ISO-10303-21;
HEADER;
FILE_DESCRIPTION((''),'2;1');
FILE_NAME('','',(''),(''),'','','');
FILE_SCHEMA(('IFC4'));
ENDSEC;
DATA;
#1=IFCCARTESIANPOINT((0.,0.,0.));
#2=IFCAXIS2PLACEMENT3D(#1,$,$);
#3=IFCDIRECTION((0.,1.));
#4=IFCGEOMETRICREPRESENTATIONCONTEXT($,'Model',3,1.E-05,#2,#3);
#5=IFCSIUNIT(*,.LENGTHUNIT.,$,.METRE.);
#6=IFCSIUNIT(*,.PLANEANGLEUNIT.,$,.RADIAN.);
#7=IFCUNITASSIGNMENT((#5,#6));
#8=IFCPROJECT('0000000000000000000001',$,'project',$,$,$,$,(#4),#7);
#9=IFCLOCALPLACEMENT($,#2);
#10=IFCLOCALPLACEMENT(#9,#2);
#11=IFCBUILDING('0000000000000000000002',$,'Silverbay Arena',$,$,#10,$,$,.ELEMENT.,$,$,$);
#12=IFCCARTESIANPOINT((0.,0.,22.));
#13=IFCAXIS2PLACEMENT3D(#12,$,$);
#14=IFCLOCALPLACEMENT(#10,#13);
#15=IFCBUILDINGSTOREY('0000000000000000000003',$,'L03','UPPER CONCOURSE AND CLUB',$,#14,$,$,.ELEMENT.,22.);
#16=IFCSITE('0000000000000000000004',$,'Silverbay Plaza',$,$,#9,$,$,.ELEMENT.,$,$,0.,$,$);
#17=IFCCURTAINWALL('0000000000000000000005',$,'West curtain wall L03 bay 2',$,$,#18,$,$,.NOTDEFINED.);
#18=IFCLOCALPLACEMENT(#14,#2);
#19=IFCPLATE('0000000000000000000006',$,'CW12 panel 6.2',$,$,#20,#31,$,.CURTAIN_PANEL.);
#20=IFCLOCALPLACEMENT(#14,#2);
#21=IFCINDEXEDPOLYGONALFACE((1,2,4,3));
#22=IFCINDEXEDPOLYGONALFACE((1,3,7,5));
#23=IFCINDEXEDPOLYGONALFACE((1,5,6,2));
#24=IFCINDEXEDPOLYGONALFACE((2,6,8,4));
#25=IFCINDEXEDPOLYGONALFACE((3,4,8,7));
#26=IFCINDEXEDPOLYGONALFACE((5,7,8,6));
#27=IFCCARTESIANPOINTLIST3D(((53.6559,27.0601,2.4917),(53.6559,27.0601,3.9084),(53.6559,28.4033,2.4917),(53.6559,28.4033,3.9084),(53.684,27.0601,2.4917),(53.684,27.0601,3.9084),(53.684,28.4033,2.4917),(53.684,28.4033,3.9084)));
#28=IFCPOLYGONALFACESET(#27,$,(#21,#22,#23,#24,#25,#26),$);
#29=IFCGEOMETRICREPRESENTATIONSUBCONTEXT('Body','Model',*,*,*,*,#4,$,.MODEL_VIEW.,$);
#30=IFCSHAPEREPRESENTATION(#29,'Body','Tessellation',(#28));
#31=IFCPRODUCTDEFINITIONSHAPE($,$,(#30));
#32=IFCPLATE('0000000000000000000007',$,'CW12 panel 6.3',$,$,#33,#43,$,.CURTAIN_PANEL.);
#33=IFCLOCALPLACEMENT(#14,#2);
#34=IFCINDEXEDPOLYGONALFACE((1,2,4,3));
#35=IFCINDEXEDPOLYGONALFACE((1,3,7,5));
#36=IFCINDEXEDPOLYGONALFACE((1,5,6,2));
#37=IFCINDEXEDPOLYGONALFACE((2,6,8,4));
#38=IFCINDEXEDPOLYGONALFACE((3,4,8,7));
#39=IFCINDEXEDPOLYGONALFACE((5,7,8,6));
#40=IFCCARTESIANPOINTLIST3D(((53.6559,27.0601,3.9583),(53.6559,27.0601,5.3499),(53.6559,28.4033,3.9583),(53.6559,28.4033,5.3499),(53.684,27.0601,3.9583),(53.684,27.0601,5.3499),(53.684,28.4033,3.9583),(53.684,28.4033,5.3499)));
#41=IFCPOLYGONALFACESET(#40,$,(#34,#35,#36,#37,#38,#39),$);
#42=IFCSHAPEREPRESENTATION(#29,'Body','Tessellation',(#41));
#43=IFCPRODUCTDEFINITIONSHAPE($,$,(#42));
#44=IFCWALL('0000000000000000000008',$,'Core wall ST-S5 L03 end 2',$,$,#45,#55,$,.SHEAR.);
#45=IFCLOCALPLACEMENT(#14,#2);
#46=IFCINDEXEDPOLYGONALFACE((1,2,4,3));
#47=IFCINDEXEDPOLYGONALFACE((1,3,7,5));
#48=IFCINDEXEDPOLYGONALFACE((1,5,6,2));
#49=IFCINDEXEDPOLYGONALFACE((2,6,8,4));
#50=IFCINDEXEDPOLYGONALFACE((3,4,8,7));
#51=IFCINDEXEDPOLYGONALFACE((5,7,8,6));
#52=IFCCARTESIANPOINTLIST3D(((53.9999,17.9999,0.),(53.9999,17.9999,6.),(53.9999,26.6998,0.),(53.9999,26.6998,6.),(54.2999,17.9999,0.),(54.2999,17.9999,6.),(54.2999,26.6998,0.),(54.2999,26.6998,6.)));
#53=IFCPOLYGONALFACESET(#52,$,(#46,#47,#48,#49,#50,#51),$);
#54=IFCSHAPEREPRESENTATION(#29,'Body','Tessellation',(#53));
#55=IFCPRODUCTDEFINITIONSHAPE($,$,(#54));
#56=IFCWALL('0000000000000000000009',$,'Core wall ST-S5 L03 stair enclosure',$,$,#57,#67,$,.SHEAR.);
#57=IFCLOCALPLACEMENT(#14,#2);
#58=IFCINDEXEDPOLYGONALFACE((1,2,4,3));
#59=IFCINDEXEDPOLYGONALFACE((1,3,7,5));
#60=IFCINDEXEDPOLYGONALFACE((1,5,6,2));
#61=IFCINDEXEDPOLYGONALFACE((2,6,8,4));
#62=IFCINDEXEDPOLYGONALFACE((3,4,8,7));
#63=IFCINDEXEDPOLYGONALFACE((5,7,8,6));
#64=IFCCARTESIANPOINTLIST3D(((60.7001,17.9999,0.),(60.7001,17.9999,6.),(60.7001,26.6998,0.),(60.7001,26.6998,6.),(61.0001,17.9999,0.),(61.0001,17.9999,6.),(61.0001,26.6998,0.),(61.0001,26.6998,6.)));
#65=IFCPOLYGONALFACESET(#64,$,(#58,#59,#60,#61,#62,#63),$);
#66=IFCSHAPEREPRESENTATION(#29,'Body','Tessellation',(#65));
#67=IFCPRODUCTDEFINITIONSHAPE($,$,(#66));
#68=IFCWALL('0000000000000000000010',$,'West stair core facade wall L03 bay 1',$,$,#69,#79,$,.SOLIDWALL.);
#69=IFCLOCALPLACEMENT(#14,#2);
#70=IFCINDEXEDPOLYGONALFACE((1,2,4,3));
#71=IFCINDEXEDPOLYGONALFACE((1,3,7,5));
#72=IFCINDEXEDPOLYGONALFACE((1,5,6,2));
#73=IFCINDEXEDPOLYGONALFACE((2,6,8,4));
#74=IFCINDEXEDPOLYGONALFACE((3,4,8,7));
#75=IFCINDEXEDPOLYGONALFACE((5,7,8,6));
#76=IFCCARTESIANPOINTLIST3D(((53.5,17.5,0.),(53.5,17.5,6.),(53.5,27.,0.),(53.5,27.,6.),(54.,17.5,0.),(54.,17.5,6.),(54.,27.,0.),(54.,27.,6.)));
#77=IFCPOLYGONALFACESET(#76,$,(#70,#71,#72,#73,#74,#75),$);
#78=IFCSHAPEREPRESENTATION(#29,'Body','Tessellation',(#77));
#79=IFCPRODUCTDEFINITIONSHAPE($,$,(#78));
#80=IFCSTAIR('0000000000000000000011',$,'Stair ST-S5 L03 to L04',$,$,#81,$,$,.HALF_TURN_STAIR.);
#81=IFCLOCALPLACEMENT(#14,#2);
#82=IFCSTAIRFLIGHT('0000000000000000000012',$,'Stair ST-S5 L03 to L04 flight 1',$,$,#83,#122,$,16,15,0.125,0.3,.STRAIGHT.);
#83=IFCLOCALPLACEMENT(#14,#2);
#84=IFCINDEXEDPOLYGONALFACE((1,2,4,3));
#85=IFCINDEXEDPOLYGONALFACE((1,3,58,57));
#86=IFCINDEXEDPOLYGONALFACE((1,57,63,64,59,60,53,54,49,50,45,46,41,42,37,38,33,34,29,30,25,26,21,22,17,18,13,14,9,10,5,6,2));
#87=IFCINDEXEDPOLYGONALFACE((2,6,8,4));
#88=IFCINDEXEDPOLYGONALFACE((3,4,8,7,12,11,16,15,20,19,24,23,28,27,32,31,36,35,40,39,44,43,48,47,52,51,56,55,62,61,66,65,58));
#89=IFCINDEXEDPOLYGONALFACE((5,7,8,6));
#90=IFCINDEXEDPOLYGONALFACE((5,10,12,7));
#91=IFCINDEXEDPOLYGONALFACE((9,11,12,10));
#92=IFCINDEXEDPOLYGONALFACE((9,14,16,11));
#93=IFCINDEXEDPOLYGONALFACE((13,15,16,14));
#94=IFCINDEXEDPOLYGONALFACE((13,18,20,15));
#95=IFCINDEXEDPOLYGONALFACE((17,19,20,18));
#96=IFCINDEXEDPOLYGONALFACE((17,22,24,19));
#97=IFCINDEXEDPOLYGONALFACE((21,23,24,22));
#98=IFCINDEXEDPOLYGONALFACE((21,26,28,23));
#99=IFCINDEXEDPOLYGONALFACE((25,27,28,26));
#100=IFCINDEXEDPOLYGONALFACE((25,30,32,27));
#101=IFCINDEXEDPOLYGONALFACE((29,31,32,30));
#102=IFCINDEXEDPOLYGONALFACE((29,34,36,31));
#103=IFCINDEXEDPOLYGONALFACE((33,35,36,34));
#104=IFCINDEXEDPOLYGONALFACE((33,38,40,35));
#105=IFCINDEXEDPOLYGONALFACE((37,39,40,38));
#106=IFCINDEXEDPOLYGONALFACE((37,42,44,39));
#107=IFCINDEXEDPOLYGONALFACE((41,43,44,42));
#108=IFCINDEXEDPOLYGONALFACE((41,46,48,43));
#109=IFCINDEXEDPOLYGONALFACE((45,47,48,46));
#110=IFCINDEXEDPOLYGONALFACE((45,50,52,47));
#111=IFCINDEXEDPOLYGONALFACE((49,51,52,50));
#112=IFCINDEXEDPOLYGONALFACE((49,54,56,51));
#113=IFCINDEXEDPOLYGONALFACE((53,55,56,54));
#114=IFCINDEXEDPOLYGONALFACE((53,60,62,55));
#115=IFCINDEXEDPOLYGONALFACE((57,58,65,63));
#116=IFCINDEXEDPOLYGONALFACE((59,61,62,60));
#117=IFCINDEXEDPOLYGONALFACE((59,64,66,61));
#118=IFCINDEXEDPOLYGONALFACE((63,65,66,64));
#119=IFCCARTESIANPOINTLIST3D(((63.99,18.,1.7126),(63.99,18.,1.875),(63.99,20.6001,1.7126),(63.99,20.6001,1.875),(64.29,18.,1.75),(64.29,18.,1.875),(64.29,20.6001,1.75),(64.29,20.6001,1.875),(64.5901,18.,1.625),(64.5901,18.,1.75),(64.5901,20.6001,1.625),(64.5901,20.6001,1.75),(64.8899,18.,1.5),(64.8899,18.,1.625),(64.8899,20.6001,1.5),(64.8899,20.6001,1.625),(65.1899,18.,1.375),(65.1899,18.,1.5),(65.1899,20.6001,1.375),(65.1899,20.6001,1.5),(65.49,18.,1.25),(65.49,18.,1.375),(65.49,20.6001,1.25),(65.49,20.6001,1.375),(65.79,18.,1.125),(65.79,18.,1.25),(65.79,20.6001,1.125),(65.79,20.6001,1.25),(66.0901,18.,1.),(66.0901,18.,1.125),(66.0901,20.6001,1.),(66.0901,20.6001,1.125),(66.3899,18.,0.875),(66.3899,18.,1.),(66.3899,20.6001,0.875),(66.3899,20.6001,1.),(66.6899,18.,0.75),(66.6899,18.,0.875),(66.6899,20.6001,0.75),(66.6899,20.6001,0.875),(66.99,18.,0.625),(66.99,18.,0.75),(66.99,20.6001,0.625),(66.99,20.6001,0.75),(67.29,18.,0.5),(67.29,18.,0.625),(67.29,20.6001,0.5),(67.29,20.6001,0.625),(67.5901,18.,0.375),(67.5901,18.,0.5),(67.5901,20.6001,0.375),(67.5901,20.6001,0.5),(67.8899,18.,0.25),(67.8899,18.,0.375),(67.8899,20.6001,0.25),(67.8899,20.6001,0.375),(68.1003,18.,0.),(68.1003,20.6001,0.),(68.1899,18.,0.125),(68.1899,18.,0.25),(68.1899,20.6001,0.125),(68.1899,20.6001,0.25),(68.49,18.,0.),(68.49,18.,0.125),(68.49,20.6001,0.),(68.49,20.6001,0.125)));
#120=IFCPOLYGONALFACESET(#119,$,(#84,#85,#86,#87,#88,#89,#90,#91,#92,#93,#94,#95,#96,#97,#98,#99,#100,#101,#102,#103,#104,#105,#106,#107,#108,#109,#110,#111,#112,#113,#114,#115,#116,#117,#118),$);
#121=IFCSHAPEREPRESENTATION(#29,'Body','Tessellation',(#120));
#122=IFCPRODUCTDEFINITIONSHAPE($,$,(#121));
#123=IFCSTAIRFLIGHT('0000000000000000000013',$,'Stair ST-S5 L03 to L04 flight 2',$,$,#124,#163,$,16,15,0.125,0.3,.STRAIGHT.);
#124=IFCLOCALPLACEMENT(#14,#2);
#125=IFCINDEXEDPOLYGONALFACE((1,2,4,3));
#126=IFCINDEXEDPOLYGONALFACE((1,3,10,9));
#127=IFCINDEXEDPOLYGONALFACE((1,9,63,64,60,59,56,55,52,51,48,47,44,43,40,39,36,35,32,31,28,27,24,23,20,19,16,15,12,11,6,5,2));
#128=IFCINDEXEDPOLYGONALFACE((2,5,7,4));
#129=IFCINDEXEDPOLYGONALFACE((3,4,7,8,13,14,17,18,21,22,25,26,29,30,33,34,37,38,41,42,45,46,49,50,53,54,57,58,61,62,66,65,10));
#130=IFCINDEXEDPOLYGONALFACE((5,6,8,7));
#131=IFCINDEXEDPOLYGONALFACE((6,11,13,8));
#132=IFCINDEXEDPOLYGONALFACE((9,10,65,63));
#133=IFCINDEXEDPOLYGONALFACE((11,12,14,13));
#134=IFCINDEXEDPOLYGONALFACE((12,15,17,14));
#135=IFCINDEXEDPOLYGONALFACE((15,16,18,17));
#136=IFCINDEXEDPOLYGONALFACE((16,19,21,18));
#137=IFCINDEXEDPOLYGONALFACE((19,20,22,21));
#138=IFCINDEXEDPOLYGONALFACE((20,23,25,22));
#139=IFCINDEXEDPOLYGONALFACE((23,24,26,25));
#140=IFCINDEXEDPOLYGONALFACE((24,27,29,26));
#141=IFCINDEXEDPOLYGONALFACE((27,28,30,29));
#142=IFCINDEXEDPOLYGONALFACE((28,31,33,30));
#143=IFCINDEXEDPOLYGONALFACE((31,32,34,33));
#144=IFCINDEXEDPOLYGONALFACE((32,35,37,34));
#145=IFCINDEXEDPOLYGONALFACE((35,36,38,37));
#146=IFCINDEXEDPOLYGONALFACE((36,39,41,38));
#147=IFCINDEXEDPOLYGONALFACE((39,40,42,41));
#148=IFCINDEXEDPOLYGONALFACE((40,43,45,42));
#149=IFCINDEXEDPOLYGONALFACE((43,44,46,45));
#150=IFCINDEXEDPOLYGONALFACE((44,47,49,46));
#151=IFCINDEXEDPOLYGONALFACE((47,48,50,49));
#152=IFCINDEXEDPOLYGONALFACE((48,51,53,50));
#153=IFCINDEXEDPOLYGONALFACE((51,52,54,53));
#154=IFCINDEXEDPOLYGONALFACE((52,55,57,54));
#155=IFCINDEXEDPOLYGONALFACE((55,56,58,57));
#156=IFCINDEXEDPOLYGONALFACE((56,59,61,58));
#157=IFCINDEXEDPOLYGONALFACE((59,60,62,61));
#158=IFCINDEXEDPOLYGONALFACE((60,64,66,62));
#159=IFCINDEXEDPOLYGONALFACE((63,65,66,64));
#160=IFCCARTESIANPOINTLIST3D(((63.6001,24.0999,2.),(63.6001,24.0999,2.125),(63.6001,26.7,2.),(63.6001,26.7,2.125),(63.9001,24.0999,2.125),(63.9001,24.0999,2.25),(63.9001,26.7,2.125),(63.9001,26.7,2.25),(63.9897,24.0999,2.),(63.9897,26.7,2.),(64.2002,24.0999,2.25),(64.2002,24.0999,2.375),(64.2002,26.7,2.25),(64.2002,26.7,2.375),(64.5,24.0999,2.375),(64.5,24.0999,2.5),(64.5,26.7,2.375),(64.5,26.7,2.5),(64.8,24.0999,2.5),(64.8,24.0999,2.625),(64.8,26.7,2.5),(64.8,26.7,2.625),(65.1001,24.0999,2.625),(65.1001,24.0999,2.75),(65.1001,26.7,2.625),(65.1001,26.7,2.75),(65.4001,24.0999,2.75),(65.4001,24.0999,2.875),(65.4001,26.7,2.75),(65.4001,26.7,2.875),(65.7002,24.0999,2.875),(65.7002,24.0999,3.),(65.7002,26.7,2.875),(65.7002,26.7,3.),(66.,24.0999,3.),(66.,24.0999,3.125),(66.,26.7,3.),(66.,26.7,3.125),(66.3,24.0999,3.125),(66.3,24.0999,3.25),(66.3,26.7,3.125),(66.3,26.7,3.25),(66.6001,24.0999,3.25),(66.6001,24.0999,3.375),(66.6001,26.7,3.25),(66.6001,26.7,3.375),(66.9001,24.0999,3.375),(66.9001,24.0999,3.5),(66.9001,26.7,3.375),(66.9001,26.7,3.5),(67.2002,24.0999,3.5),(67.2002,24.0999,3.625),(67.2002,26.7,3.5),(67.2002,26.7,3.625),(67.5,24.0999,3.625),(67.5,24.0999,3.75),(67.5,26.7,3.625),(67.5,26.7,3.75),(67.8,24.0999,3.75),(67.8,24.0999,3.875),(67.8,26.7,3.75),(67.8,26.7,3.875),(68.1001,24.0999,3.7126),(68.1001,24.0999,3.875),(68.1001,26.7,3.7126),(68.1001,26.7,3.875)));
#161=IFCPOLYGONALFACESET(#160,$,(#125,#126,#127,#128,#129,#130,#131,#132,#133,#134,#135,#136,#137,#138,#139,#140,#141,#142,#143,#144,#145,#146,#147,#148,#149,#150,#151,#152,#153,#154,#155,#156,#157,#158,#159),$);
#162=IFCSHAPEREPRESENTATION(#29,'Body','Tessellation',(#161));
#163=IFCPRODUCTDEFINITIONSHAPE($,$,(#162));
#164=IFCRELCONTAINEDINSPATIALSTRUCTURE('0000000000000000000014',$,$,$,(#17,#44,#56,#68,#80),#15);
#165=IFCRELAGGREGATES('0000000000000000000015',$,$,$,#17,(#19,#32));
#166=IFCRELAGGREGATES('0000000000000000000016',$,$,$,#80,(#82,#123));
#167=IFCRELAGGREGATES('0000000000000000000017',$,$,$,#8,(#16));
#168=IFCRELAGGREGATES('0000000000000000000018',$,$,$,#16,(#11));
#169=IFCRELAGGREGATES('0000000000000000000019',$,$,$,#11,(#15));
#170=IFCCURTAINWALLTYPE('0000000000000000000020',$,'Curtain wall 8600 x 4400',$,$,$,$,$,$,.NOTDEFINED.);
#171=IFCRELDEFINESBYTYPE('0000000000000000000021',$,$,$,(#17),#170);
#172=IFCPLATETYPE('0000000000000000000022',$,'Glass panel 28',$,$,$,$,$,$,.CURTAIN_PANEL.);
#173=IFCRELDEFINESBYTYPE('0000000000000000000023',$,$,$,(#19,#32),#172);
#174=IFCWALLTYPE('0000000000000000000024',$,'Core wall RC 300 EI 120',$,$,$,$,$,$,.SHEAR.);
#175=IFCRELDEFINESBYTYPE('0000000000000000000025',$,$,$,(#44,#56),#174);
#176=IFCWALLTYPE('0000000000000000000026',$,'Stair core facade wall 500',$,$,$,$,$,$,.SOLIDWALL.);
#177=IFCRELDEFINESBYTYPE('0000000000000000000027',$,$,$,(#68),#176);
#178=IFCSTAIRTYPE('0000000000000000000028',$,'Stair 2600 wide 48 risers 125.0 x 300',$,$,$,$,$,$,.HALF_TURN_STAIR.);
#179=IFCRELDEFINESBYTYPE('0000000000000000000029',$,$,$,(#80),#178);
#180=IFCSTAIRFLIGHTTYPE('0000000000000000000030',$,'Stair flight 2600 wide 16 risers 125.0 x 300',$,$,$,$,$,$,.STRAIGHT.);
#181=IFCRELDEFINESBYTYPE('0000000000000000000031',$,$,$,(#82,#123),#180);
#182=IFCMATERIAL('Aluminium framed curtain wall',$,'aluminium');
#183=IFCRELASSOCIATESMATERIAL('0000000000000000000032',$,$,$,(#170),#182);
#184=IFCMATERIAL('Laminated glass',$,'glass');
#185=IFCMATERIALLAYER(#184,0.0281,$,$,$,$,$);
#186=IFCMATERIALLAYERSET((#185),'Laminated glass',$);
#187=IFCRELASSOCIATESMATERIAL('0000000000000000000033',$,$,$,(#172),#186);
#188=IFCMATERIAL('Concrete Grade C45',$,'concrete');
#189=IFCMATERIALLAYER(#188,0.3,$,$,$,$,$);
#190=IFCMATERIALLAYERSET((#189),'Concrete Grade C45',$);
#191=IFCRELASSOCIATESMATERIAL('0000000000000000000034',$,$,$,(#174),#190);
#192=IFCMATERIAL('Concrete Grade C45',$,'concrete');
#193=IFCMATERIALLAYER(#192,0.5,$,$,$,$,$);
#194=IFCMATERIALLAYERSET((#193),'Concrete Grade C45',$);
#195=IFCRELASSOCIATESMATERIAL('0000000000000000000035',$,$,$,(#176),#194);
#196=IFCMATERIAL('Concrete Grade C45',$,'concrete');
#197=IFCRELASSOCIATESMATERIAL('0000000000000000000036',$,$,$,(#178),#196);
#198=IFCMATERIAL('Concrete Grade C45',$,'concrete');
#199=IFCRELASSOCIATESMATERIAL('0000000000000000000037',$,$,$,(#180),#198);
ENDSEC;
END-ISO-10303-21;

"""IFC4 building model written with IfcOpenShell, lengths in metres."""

from ifc_helpers import new_model, si_unit, direction, frame, frame_2d, origin, origin_2d, place, context, subcontext, project, spatial, polyline, rectangle, outline, extrude, material, layer, layer_set, type_object, element, aggregate, save


model = new_model("IFC4")

# Units and contexts
model_context = context("Model", 3, precision=1e-05, world=origin(), true_north=direction((0.0, 1.0)))
body_context = subcontext(model_context, "Body", "Model", "MODEL_VIEW")
ifc_project = project(units=[si_unit("LENGTHUNIT", "METRE"), si_unit("PLANEANGLEUNIT", "RADIAN")], contexts=[model_context])

# Site, building, storey
site_placement = place(None, origin())
site = spatial("IfcSite", under=ifc_project, at=site_placement, Name="Silverbay Plaza", CompositionType="ELEMENT", RefElevation=0.0)
building_placement = place(site_placement, origin())
building = spatial("IfcBuilding", under=site, at=building_placement, Name="Silverbay Arena", CompositionType="ELEMENT")
storey_placement = place(building_placement, frame((0.0, 0.0, 22.0)))
storey = spatial("IfcBuildingStorey", under=building, at=storey_placement, Name="L03", Description="UPPER CONCOURSE AND CLUB", CompositionType="ELEMENT", Elevation=22.0)

# Curtain wall
ifc_material_1 = material(Name="Aluminium framed curtain wall", Category="aluminium")
curtain_wall_type = type_object("IfcCurtainWallType", Name="Curtain wall 8600 x 4400", PredefinedType="NOTDEFINED", material=ifc_material_1)
curtain_wall_placement = place(storey_placement, origin())
curtain_wall = element("IfcCurtainWall", 1, at=curtain_wall_placement, inside=storey, type_object=curtain_wall_type, Name="West curtain wall L03 bay 2", PredefinedType="NOTDEFINED")

# Plates
ifc_material_2 = material(Name="Laminated glass", Category="glass")
ifc_layer_1 = layer(ifc_material_2, 0.0281)
ifc_layer_set_1 = layer_set([ifc_layer_1], Name="Laminated glass")
plate_type = type_object("IfcPlateType", Name="Glass panel 28", PredefinedType="CURTAIN_PANEL", material=ifc_layer_set_1)
plate_1_placement = place(storey_placement, frame((53.6699, 27.7317, 2.4917), z_axis=(0.0, 0.0, 1.0), x_axis=(0.0, -1.0, 0.0)))
plate_1 = element("IfcPlate", 2, at=plate_1_placement, type_object=plate_type, Name="CW12 panel 6.2", PredefinedType="CURTAIN_PANEL", context=body_context, shape_type="SweptSolid", body=[
    extrude(rectangle(XDim=1.3433, YDim=0.0281, at=origin_2d()), origin(), (0.0, 0.0, 1.0), 1.4167),
])
plate_2_placement = place(storey_placement, frame((53.6699, 27.7317, 3.9583), z_axis=(0.0, 0.0, 1.0), x_axis=(0.0, -1.0, 0.0)))
plate_2 = element("IfcPlate", 3, at=plate_2_placement, type_object=plate_type, Name="CW12 panel 6.3", PredefinedType="CURTAIN_PANEL", context=body_context, shape_type="SweptSolid", body=[
    extrude(rectangle(XDim=1.3433, YDim=0.0281, at=origin_2d()), origin(), (0.0, 0.0, 1.0), 1.3916),
])
aggregate(curtain_wall, [plate_1, plate_2])

# Walls
ifc_material_3 = material(Name="Concrete Grade C45", Category="concrete")
ifc_layer_2 = layer(ifc_material_3, 0.3)
ifc_layer_set_2 = layer_set([ifc_layer_2], Name="Concrete Grade C45")
wall_type_1 = type_object("IfcWallType", Name="Core wall RC 300 EI 120", PredefinedType="SHEAR", material=ifc_layer_set_2)
for number, where, z_axis, x_axis, name in (
    (4, (54.1499, 26.7, 0.0), (0.0, 0.0, 1.0), (0.0, -1.0, 0.0), "Core wall ST-S5 L03 end 2"),
    (5, (60.8501, 26.7, 0.0), (0.0, 0.0, 1.0), (0.0, -1.0, 0.0), "Core wall ST-S5 L03 stair enclosure"),
):
    element("IfcWall", number, at=place(storey_placement, frame(where, z_axis=z_axis, x_axis=x_axis)), inside=storey, type_object=wall_type_1, Name=name, PredefinedType="SHEAR", context=body_context, shape_type="SweptSolid", body=[
        extrude(rectangle(XDim=8.7, YDim=0.3, at=frame_2d((4.3501, 0.0))), origin(), (0.0, 0.0, 1.0), 6.0),
    ])
ifc_material_4 = material(Name="Concrete Grade C45", Category="concrete")
ifc_layer_3 = layer(ifc_material_4, 0.5)
ifc_layer_set_3 = layer_set([ifc_layer_3], Name="Concrete Grade C45")
wall_type_2 = type_object("IfcWallType", Name="Stair core facade wall 500", PredefinedType="SOLIDWALL", material=ifc_layer_set_3)
wall_placement = place(storey_placement, frame((53.75, 27.0, 0.0), z_axis=(0.0, 0.0, 1.0), x_axis=(0.0, -1.0, 0.0)))
element("IfcWall", 6, at=wall_placement, inside=storey, type_object=wall_type_2, Name="West stair core facade wall L03 bay 1", PredefinedType="SOLIDWALL", context=body_context, shape_type="SweptSolid", body=[
    extrude(rectangle(XDim=9.5, YDim=0.5, at=frame_2d((4.75, 0.0))), origin(), (0.0, 0.0, 1.0), 6.0),
])

# Stair, stair flights
ifc_material_5 = material(Name="Concrete Grade C45", Category="concrete")
stair_type = type_object("IfcStairType", Name="Stair 2600 wide 48 risers 125.0 x 300", PredefinedType="HALF_TURN_STAIR", material=ifc_material_5)
stair_placement = place(storey_placement, origin())
stair = element("IfcStair", 7, at=stair_placement, inside=storey, type_object=stair_type, Name="Stair ST-S5 L03 to L04", PredefinedType="HALF_TURN_STAIR")
ifc_material_6 = material(Name="Concrete Grade C45", Category="concrete")
stair_flight_type = type_object("IfcStairFlightType", Name="Stair flight 2600 wide 16 risers 125.0 x 300", PredefinedType="STRAIGHT", material=ifc_material_6)
stair_flight_1_placement = place(storey_placement, frame((68.49, 19.3, 0.0), z_axis=(0.0, 0.0, 1.0), x_axis=(-1.0, 0.0, 0.0)))
stair_flight_1 = element("IfcStairFlight", 8, at=stair_flight_1_placement, type_object=stair_flight_type, Name="Stair ST-S5 L03 to L04 flight 1", NumberOfRisers=16, NumberOfTreads=15, PredefinedType="STRAIGHT", RiserHeight=0.125, TreadLength=0.3, context=body_context, shape_type="SweptSolid", body=[
    extrude(outline(polyline([(0.0, 0.0), (0.0, 0.125), (0.3, 0.125), (0.3, 0.25), (0.6001, 0.25), (0.6001, 0.375), (0.8999, 0.375), (0.8999, 0.5), (1.2, 0.5), (1.2, 0.625), (1.5, 0.625), (1.5, 0.75), (1.8, 0.75), (1.8, 0.875), (2.1001, 0.875), (2.1001, 1.0), (2.3999, 1.0), (2.3999, 1.125), (2.7, 1.125), (2.7, 1.25), (3.0, 1.25), (3.0, 1.375), (3.3, 1.375), (3.3, 1.5), (3.6001, 1.5), (3.6001, 1.625), (3.8999, 1.625), (3.8999, 1.75), (4.2, 1.75), (4.2, 1.875), (4.5, 1.875), (4.5, 1.7126), (0.3896, 0.0), (0.0, 0.0)])), frame((0.0, 1.3, 0.0), z_axis=(0.0, -1.0, 0.0), x_axis=(1.0, 0.0, 0.0)), (0.0, 0.0, 1.0), 2.6001),
])
stair_flight_2_placement = place(storey_placement, frame((63.6001, 25.3999, 2.0), z_axis=(0.0, 0.0, 1.0), x_axis=(1.0, 0.0, 0.0)))
stair_flight_2 = element("IfcStairFlight", 9, at=stair_flight_2_placement, type_object=stair_flight_type, Name="Stair ST-S5 L03 to L04 flight 2", NumberOfRisers=16, NumberOfTreads=15, PredefinedType="STRAIGHT", RiserHeight=0.125, TreadLength=0.3, context=body_context, shape_type="SweptSolid", body=[
    extrude(outline(polyline([(0.0, 0.0), (0.0, 0.125), (0.3, 0.125), (0.3, 0.25), (0.6001, 0.25), (0.6001, 0.375), (0.8999, 0.375), (0.8999, 0.5), (1.2, 0.5), (1.2, 0.625), (1.5, 0.625), (1.5, 0.75), (1.8, 0.75), (1.8, 0.875), (2.1001, 0.875), (2.1001, 1.0), (2.3999, 1.0), (2.3999, 1.125), (2.7, 1.125), (2.7, 1.25), (3.0, 1.25), (3.0, 1.375), (3.3, 1.375), (3.3, 1.5), (3.6001, 1.5), (3.6001, 1.625), (3.8999, 1.625), (3.8999, 1.75), (4.2, 1.75), (4.2, 1.875), (4.5, 1.875), (4.5, 1.7126), (0.3896, 0.0), (0.0, 0.0)])), frame((0.0, 1.3, 0.0), z_axis=(0.0, -1.0, 0.0), x_axis=(1.0, 0.0, 0.0)), (0.0, 0.0, 1.0), 2.6001),
])
aggregate(stair, [stair_flight_1, stair_flight_2])

save(model, "model.ifc")
